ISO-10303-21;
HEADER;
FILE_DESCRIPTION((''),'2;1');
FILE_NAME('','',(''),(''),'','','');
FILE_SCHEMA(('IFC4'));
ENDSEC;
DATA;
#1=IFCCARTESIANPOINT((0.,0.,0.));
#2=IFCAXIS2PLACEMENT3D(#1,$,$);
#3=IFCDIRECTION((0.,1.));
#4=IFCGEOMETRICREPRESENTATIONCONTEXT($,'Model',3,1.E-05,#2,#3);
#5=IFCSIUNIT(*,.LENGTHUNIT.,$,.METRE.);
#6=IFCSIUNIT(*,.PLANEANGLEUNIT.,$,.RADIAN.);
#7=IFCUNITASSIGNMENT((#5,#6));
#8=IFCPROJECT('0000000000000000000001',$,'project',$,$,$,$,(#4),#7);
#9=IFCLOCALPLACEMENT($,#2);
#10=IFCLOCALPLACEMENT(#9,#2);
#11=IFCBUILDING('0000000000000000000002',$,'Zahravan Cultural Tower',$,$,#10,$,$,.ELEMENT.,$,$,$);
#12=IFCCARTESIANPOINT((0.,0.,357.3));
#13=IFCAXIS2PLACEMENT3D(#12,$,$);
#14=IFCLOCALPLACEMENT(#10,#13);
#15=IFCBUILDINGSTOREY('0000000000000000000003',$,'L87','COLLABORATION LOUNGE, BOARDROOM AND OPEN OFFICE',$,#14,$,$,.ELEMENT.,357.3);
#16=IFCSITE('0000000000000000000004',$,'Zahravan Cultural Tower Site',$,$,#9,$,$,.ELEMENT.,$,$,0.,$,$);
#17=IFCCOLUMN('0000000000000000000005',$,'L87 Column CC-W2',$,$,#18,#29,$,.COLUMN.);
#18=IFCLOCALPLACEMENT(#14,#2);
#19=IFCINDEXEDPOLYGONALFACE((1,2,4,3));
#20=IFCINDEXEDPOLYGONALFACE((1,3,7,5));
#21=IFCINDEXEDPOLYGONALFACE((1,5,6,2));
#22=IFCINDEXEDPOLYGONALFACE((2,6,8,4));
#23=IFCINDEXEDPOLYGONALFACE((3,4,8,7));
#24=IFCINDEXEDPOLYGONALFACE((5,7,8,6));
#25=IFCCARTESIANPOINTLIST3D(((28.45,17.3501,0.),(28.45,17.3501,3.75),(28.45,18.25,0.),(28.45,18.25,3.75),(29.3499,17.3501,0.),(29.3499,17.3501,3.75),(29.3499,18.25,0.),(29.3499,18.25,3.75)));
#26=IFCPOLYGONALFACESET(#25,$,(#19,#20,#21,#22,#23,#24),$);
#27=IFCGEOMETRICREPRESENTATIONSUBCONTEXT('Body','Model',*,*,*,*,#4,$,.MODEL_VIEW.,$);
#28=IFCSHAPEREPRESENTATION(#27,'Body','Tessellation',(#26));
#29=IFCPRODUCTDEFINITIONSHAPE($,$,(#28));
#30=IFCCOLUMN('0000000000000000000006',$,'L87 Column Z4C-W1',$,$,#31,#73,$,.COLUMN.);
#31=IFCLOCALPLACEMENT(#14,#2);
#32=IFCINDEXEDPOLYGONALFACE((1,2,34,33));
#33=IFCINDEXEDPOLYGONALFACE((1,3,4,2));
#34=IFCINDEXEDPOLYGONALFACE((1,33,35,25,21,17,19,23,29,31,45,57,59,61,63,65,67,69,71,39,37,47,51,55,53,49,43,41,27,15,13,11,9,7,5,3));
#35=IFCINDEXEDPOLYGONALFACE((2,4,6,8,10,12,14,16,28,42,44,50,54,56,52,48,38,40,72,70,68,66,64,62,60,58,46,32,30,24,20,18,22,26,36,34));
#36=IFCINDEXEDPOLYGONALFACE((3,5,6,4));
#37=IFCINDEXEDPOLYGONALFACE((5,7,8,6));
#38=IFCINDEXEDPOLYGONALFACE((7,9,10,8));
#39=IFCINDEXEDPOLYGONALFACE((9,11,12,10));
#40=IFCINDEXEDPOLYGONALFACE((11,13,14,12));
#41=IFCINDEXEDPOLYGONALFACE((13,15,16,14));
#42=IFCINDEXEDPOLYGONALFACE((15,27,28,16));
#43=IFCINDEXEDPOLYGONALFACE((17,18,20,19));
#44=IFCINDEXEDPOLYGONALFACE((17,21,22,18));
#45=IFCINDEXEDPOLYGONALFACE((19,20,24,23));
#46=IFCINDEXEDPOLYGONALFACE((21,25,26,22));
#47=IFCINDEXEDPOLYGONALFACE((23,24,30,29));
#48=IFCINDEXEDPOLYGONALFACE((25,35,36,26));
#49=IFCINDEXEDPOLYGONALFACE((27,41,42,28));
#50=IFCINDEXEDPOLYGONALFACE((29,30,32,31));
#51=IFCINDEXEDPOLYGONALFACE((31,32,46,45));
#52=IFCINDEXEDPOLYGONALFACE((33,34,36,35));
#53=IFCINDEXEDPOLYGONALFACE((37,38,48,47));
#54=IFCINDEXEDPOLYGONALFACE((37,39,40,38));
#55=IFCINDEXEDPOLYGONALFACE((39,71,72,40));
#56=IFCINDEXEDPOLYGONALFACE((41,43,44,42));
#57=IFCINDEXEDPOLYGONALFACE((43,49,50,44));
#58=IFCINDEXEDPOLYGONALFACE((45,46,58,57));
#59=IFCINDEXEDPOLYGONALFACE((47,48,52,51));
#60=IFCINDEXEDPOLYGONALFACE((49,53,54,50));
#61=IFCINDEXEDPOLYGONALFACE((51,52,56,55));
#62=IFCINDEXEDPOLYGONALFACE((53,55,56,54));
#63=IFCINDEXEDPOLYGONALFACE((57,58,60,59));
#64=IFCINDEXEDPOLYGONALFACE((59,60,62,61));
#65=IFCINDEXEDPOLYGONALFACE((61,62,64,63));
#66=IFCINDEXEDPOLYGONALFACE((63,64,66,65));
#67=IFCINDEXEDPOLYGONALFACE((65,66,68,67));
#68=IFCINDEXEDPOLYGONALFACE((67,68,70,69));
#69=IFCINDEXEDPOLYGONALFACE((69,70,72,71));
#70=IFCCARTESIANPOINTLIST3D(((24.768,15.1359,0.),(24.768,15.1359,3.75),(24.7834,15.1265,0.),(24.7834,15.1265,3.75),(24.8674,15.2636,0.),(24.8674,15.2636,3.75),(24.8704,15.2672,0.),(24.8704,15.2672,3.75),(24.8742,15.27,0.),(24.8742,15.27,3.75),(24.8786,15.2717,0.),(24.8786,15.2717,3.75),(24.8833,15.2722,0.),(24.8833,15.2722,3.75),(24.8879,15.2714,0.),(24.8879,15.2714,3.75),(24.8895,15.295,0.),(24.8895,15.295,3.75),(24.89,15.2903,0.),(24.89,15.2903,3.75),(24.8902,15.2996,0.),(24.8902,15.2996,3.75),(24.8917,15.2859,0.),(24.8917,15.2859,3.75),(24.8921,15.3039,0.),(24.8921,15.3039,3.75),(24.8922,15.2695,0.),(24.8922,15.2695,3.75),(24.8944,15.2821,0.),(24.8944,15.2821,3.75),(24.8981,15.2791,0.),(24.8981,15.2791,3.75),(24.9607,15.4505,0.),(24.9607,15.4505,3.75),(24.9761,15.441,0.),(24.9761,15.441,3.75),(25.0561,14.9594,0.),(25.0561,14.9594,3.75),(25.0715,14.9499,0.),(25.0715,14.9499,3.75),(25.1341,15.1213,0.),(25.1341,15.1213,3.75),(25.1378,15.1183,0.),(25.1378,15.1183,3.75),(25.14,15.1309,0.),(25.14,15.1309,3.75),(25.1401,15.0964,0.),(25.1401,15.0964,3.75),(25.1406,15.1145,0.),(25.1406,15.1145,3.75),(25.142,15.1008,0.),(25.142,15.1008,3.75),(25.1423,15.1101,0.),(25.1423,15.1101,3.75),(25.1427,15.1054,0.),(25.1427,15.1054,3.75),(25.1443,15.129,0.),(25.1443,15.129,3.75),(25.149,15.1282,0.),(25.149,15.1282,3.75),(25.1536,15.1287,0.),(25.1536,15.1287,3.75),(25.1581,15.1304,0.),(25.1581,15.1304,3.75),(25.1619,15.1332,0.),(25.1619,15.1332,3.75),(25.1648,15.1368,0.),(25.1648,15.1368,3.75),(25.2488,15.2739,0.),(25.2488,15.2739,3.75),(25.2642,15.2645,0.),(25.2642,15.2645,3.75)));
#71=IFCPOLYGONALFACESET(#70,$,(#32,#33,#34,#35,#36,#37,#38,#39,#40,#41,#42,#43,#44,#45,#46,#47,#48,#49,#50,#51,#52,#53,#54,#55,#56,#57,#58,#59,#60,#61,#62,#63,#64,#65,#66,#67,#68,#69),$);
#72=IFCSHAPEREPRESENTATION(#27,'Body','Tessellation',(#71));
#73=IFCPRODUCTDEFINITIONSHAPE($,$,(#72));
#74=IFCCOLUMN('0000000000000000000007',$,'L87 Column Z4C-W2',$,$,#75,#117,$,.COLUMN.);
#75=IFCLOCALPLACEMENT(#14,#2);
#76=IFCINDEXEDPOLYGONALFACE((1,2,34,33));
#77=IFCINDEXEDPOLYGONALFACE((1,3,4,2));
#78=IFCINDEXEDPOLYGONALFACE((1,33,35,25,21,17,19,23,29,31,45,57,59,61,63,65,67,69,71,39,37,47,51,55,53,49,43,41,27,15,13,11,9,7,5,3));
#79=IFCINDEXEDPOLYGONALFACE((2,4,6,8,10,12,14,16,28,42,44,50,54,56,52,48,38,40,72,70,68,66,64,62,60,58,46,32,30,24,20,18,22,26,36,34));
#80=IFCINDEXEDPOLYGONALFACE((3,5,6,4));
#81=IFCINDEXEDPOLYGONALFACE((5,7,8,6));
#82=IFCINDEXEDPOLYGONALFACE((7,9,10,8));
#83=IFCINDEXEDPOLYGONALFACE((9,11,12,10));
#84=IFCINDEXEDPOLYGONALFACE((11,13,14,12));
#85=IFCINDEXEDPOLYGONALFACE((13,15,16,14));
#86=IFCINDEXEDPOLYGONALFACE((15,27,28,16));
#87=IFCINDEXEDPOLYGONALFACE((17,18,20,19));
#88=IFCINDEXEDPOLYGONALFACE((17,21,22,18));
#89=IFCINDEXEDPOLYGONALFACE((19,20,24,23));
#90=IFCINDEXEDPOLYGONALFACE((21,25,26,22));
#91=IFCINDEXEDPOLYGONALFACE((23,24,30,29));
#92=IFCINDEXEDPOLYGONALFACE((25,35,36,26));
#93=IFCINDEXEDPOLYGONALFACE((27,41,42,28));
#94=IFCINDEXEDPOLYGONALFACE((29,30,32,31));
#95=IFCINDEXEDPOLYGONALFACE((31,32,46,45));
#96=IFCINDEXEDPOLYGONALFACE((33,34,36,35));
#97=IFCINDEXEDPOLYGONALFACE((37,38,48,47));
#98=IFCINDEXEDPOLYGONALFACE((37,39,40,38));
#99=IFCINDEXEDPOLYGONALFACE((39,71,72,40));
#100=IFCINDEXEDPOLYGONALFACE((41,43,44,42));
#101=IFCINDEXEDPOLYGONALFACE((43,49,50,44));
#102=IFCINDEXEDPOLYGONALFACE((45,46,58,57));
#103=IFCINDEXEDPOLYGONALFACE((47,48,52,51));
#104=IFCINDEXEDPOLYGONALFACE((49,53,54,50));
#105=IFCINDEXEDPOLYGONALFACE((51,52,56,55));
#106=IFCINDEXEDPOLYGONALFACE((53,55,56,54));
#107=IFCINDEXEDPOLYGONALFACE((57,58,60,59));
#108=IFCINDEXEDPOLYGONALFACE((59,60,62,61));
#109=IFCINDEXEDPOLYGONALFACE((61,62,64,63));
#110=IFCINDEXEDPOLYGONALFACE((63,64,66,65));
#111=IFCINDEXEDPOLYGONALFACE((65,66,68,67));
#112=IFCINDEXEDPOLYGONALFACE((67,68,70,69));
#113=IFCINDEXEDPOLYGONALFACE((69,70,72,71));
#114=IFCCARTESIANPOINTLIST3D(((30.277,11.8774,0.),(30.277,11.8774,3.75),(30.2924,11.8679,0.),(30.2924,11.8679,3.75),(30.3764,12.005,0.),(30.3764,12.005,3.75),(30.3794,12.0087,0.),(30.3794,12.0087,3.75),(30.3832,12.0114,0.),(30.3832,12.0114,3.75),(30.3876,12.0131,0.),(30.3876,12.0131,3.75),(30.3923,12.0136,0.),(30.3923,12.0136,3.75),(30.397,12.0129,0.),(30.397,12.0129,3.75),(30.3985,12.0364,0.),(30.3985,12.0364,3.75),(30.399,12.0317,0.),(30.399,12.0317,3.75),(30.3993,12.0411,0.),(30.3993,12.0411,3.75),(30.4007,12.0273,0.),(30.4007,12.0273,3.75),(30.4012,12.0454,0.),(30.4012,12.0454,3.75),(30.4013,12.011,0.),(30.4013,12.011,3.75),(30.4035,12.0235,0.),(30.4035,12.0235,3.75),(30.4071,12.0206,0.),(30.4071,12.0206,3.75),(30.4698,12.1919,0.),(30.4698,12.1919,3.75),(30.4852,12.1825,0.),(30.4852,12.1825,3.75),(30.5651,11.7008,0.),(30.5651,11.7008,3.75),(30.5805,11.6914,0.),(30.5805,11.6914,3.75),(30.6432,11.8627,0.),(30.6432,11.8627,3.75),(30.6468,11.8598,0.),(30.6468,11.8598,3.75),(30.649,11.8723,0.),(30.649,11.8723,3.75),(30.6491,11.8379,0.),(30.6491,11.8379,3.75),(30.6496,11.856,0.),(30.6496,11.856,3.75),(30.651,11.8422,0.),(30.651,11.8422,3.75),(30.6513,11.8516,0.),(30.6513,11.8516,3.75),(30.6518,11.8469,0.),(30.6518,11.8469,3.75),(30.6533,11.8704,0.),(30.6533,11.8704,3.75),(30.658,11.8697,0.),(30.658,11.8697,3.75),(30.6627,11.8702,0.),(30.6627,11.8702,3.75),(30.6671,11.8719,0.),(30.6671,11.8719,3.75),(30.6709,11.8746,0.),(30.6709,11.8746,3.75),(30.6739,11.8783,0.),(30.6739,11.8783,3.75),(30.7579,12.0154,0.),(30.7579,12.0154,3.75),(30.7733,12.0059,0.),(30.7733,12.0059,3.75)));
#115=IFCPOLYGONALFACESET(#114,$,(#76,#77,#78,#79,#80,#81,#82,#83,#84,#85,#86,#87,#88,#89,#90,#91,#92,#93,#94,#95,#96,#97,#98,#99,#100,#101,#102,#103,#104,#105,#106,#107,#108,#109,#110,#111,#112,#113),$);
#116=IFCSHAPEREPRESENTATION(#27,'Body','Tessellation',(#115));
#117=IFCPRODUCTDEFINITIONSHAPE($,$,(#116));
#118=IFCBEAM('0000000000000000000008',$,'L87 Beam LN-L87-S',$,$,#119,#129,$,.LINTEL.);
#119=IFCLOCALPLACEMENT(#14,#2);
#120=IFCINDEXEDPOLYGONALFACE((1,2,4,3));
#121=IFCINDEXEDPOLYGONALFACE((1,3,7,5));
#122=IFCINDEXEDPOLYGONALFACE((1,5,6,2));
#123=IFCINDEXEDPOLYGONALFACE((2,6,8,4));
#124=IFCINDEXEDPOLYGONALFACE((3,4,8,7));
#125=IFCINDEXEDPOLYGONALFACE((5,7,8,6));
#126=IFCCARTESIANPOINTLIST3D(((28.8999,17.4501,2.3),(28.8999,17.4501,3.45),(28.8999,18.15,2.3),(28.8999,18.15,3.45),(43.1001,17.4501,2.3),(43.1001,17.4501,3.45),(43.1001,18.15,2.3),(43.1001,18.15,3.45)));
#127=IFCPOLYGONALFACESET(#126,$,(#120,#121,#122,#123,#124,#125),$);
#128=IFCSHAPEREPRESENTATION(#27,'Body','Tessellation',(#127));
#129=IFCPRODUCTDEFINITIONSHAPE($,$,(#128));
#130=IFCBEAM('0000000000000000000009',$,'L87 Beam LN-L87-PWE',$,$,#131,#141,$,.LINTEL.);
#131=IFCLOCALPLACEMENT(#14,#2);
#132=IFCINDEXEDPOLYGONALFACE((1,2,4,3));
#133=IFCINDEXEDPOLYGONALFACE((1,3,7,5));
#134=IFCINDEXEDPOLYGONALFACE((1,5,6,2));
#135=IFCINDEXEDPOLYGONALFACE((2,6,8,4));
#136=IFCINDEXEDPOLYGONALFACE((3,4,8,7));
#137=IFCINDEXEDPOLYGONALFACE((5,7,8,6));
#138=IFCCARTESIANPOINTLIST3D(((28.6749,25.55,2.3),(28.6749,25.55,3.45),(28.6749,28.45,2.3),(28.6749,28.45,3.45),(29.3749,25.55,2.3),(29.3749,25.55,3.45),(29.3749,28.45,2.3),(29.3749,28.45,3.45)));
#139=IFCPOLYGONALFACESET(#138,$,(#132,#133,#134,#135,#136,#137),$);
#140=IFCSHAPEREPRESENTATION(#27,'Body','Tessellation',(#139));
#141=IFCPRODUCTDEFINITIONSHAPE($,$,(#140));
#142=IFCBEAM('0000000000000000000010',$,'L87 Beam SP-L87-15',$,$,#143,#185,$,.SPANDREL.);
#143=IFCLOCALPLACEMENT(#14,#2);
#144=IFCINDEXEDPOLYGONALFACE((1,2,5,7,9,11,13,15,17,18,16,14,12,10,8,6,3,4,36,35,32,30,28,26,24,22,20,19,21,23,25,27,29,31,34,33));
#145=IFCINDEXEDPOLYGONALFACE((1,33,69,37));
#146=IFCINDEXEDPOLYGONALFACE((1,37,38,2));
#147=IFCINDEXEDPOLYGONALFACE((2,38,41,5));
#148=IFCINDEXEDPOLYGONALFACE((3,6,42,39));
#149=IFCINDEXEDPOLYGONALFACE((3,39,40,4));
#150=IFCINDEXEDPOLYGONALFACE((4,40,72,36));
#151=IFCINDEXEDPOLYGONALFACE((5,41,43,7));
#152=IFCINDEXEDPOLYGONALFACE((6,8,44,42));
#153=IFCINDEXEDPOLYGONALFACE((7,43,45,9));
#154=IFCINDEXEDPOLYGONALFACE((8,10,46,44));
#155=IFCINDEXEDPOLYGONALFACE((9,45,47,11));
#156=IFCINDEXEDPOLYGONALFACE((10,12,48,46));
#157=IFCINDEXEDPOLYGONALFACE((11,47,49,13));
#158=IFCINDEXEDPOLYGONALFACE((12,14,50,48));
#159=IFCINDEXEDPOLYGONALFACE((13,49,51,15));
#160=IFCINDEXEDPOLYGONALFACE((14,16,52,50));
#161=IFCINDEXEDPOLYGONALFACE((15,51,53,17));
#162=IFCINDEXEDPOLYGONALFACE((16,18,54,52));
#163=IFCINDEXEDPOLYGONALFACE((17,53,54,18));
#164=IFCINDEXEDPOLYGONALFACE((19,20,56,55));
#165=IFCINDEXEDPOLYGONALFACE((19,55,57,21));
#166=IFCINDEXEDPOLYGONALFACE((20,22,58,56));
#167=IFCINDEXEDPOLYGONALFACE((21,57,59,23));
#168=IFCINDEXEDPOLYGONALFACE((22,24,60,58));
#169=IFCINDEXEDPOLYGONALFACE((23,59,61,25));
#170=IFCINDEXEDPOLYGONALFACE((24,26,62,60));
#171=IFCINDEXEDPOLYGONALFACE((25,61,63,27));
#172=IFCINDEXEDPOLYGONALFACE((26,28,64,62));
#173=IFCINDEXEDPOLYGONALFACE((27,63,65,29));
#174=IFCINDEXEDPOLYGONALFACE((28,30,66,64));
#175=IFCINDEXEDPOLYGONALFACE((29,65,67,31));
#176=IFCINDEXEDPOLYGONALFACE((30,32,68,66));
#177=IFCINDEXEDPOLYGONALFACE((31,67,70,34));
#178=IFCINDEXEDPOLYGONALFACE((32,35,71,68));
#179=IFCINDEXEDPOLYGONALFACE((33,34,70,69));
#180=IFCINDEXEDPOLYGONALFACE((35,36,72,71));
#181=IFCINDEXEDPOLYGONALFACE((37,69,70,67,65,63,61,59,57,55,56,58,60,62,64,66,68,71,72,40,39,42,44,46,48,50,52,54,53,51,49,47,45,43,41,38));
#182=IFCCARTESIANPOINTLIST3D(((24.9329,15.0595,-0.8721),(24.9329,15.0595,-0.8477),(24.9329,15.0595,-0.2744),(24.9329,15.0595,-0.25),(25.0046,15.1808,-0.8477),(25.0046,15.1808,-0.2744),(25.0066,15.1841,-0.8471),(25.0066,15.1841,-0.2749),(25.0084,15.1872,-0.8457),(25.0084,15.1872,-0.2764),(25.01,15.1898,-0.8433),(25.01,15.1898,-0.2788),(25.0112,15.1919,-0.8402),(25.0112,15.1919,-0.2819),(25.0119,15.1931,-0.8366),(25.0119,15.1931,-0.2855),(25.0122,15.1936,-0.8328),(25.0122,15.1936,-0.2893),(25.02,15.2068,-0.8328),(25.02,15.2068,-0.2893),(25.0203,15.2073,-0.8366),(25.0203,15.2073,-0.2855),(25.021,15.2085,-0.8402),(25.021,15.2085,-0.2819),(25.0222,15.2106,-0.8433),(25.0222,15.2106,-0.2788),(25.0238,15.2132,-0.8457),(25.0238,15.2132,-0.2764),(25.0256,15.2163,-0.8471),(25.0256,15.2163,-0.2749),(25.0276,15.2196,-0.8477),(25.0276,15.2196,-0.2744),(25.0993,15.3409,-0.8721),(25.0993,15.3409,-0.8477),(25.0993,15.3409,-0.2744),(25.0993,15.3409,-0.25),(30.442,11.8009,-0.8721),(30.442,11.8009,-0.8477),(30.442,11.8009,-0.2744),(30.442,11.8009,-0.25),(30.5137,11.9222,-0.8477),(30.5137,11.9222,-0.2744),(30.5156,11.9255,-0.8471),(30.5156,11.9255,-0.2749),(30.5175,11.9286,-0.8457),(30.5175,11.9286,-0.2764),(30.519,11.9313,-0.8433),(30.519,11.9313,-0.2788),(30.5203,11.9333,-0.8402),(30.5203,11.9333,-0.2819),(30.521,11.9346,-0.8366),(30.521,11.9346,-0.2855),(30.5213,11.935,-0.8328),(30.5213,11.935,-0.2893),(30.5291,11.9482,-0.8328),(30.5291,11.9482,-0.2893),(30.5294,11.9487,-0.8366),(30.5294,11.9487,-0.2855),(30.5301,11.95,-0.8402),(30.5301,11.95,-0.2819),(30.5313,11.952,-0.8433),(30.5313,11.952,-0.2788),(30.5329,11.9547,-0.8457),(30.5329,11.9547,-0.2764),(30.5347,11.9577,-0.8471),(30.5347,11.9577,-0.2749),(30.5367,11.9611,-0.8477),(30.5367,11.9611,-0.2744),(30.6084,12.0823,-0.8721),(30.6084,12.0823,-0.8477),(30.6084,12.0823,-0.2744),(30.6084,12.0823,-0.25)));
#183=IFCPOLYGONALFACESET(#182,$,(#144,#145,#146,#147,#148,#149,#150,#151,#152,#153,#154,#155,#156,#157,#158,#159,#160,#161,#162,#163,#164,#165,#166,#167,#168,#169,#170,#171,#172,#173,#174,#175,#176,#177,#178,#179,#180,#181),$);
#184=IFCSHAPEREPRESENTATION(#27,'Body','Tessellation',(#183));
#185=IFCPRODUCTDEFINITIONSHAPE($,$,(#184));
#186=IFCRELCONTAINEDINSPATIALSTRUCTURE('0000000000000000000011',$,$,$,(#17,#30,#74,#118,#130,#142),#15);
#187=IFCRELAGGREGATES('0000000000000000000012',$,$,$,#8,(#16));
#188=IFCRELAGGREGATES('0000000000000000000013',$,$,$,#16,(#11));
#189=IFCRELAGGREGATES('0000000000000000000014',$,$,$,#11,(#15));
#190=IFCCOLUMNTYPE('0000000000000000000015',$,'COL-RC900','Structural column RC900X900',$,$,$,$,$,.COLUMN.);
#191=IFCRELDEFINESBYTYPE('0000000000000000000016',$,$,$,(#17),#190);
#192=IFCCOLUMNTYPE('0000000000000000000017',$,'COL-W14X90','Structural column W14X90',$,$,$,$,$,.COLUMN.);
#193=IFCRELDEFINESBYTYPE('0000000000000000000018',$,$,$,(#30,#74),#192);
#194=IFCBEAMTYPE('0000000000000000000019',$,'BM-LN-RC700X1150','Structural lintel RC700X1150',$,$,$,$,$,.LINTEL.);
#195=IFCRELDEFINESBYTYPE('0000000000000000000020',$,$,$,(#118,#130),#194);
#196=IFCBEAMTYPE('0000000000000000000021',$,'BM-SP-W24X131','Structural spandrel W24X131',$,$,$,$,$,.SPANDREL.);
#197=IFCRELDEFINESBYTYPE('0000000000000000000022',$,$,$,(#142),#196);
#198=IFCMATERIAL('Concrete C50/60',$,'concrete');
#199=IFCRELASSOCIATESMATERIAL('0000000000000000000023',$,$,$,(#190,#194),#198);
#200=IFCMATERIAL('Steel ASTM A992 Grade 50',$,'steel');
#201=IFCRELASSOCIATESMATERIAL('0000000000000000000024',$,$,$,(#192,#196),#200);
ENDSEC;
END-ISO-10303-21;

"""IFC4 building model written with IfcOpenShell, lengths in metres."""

from ifc_helpers import new_model, si_unit, direction, frame, origin, origin_2d, place, context, subcontext, project, spatial, rectangle, i_section, extrude, source, transform, mapped, material, material_profile, profile_set, type_object, element, save


model = new_model("IFC4")

# Units and contexts
model_context = context("Model", 3, precision=1e-05, world=origin(), true_north=direction((0.0, 1.0)))
body_context = subcontext(model_context, "Body", "Model", "MODEL_VIEW")
ifc_project = project(units=[si_unit("LENGTHUNIT", "METRE"), si_unit("PLANEANGLEUNIT", "RADIAN")], contexts=[model_context])

# Site, building, storey
site_placement = place(None, origin())
site = spatial("IfcSite", under=ifc_project, at=site_placement, Name="Zahravan Cultural Tower Site", CompositionType="ELEMENT", RefElevation=0.0)
building_placement = place(site_placement, origin())
building = spatial("IfcBuilding", under=site, at=building_placement, Name="Zahravan Cultural Tower", CompositionType="ELEMENT")
storey_placement = place(building_placement, frame((0.0, 0.0, 357.3)))
storey = spatial("IfcBuildingStorey", under=building, at=storey_placement, Name="L87", Description="COLLABORATION LOUNGE, BOARDROOM AND OPEN OFFICE", CompositionType="ELEMENT", Elevation=357.3)

# Columns
ifc_material_1 = material(Name="Concrete C50/60", Category="concrete")
ifc_material_profile_1 = material_profile(ifc_material_1, rectangle(XDim=0.8999, YDim=0.8999, at=origin_2d()), Name="RC900X900")
ifc_profile_set_1 = profile_set([ifc_material_profile_1], Name="Concrete C50/60")
column_type_1 = type_object("IfcColumnType", Name="COL-RC900", Description="Structural column RC900X900", PredefinedType="COLUMN", material=ifc_profile_set_1)
shared_shape_1 = source(origin(), body_context, "Body", "SweptSolid", [
    extrude(rectangle(XDim=0.8999, YDim=0.8999, at=origin_2d()), origin(), (0.0, 0.0, 1.0), 3.75),
])
column_placement = place(storey_placement, frame((28.8999, 17.8, 0.0), z_axis=(0.0, 0.0, 1.0), x_axis=(1.0, 0.0, 0.0)))
element("IfcColumn", 1, at=column_placement, inside=storey, type_object=column_type_1, Name="L87 Column CC-W2", PredefinedType="COLUMN", context=body_context, shape_type="MappedRepresentation", body=[
    mapped(shared_shape_1, transform((0.0, 0.0, 0.0), x_axis=(1.0, 0.0, 0.0), y_axis=(0.0, 1.0, 0.0), z_axis=(0.0, 0.0, 1.0), scale=1.0)),
])
ifc_material_2 = material(Name="Steel ASTM A992 Grade 50", Category="steel")
ifc_material_profile_2 = material_profile(ifc_material_2, i_section(OverallWidth=0.3689, OverallDepth=0.356, WebThickness=0.0112, FlangeThickness=0.0181, FilletRadius=0.0181, at=origin_2d()), Name="W14X90")
ifc_profile_set_2 = profile_set([ifc_material_profile_2], Name="Steel ASTM A992 Grade 50")
column_type_2 = type_object("IfcColumnType", Name="COL-W14X90", Description="Structural column W14X90", PredefinedType="COLUMN", material=ifc_profile_set_2)
shared_shape_2 = source(origin(), body_context, "Body", "SweptSolid", [
    extrude(i_section(OverallWidth=0.3689, OverallDepth=0.356, WebThickness=0.0112, FlangeThickness=0.0181, FilletRadius=0.0181, at=origin_2d()), origin(), (0.0, 0.0, 1.0), 3.75),
])
for number, where, z_axis, x_axis, name in (
    (2, (25.0161, 15.2002, 0.0), (0.0, 0.0, 1.0), (0.522499, 0.85264, 0.0), "L87 Column Z4C-W1"),
    (3, (30.5251, 11.9417, 0.0), (0.0, 0.0, 1.0), (0.522499, 0.85264, 0.0), "L87 Column Z4C-W2"),
):
    element("IfcColumn", number, at=place(storey_placement, frame(where, z_axis=z_axis, x_axis=x_axis)), inside=storey, type_object=column_type_2, Name=name, PredefinedType="COLUMN", context=body_context, shape_type="MappedRepresentation", body=[
        mapped(shared_shape_2, transform((0.0, 0.0, 0.0), x_axis=(1.0, 0.0, 0.0), y_axis=(0.0, 1.0, 0.0), z_axis=(0.0, 0.0, 1.0), scale=1.0)),
    ])

# Beams
ifc_material_profile_3 = material_profile(ifc_material_1, rectangle(XDim=0.7, YDim=1.1499, at=origin_2d()), Name="RC700X1150")
ifc_profile_set_3 = profile_set([ifc_material_profile_3], Name="Concrete C50/60")
beam_type_1 = type_object("IfcBeamType", Name="BM-LN-RC700X1150", Description="Structural lintel RC700X1150", PredefinedType="LINTEL", material=ifc_profile_set_3)
shared_shape_3 = source(origin(), body_context, "Body", "SweptSolid", [
    extrude(rectangle(XDim=0.7, YDim=1.1499, at=origin_2d()), origin(), (0.0, 0.0, 1.0), 14.2002),
])
beam_1_placement = place(storey_placement, frame((28.8999, 17.8, 2.875), z_axis=(1.0, 0.0, 0.0), x_axis=(0.0, 1.0, 0.0)))
element("IfcBeam", 4, at=beam_1_placement, inside=storey, type_object=beam_type_1, Name="L87 Beam LN-L87-S", PredefinedType="LINTEL", context=body_context, shape_type="MappedRepresentation", body=[
    mapped(shared_shape_3, transform((0.0, 0.0, 0.0), x_axis=(1.0, 0.0, 0.0), y_axis=(0.0, 1.0, 0.0), z_axis=(0.0, 0.0, 1.0), scale=1.0)),
])
shared_shape_4 = source(origin(), body_context, "Body", "SweptSolid", [
    extrude(rectangle(XDim=0.7, YDim=1.1499, at=origin_2d()), origin(), (0.0, 0.0, 1.0), 2.8999),
])
beam_2_placement = place(storey_placement, frame((29.0249, 25.55, 2.875), z_axis=(0.0, 1.0, 0.0), x_axis=(-1.0, 0.0, 0.0)))
element("IfcBeam", 5, at=beam_2_placement, inside=storey, type_object=beam_type_1, Name="L87 Beam LN-L87-PWE", PredefinedType="LINTEL", context=body_context, shape_type="MappedRepresentation", body=[
    mapped(shared_shape_4, transform((0.0, 0.0, 0.0), x_axis=(1.0, 0.0, 0.0), y_axis=(0.0, 1.0, 0.0), z_axis=(0.0, 0.0, 1.0), scale=1.0)),
])
ifc_material_profile_4 = material_profile(ifc_material_2, i_section(OverallWidth=0.3269, OverallDepth=0.6221, WebThickness=0.0154, FlangeThickness=0.0244, FilletRadius=0.0149, at=origin_2d()), Name="W24X131")
ifc_profile_set_4 = profile_set([ifc_material_profile_4], Name="Steel ASTM A992 Grade 50")
beam_type_2 = type_object("IfcBeamType", Name="BM-SP-W24X131", Description="Structural spandrel W24X131", PredefinedType="SPANDREL", material=ifc_profile_set_4)
shared_shape_5 = source(origin(), body_context, "Body", "SweptSolid", [
    extrude(i_section(OverallWidth=0.3269, OverallDepth=0.6221, WebThickness=0.0154, FlangeThickness=0.0244, FilletRadius=0.0149, at=origin_2d()), origin(), (0.0, 0.0, 1.0), 6.4006),
])
beam_3_placement = place(storey_placement, frame((25.0161, 15.2002, -0.561), z_axis=(0.860707, -0.509101, 0.0), x_axis=(0.509101, 0.860707, 0.0)))
element("IfcBeam", 6, at=beam_3_placement, inside=storey, type_object=beam_type_2, Name="L87 Beam SP-L87-15", PredefinedType="SPANDREL", context=body_context, shape_type="MappedRepresentation", body=[
    mapped(shared_shape_5, transform((0.0, 0.0, 0.0), x_axis=(1.0, 0.0, 0.0), y_axis=(0.0, 1.0, 0.0), z_axis=(0.0, 0.0, 1.0), scale=1.0)),
])

save(model, "model.ifc")
